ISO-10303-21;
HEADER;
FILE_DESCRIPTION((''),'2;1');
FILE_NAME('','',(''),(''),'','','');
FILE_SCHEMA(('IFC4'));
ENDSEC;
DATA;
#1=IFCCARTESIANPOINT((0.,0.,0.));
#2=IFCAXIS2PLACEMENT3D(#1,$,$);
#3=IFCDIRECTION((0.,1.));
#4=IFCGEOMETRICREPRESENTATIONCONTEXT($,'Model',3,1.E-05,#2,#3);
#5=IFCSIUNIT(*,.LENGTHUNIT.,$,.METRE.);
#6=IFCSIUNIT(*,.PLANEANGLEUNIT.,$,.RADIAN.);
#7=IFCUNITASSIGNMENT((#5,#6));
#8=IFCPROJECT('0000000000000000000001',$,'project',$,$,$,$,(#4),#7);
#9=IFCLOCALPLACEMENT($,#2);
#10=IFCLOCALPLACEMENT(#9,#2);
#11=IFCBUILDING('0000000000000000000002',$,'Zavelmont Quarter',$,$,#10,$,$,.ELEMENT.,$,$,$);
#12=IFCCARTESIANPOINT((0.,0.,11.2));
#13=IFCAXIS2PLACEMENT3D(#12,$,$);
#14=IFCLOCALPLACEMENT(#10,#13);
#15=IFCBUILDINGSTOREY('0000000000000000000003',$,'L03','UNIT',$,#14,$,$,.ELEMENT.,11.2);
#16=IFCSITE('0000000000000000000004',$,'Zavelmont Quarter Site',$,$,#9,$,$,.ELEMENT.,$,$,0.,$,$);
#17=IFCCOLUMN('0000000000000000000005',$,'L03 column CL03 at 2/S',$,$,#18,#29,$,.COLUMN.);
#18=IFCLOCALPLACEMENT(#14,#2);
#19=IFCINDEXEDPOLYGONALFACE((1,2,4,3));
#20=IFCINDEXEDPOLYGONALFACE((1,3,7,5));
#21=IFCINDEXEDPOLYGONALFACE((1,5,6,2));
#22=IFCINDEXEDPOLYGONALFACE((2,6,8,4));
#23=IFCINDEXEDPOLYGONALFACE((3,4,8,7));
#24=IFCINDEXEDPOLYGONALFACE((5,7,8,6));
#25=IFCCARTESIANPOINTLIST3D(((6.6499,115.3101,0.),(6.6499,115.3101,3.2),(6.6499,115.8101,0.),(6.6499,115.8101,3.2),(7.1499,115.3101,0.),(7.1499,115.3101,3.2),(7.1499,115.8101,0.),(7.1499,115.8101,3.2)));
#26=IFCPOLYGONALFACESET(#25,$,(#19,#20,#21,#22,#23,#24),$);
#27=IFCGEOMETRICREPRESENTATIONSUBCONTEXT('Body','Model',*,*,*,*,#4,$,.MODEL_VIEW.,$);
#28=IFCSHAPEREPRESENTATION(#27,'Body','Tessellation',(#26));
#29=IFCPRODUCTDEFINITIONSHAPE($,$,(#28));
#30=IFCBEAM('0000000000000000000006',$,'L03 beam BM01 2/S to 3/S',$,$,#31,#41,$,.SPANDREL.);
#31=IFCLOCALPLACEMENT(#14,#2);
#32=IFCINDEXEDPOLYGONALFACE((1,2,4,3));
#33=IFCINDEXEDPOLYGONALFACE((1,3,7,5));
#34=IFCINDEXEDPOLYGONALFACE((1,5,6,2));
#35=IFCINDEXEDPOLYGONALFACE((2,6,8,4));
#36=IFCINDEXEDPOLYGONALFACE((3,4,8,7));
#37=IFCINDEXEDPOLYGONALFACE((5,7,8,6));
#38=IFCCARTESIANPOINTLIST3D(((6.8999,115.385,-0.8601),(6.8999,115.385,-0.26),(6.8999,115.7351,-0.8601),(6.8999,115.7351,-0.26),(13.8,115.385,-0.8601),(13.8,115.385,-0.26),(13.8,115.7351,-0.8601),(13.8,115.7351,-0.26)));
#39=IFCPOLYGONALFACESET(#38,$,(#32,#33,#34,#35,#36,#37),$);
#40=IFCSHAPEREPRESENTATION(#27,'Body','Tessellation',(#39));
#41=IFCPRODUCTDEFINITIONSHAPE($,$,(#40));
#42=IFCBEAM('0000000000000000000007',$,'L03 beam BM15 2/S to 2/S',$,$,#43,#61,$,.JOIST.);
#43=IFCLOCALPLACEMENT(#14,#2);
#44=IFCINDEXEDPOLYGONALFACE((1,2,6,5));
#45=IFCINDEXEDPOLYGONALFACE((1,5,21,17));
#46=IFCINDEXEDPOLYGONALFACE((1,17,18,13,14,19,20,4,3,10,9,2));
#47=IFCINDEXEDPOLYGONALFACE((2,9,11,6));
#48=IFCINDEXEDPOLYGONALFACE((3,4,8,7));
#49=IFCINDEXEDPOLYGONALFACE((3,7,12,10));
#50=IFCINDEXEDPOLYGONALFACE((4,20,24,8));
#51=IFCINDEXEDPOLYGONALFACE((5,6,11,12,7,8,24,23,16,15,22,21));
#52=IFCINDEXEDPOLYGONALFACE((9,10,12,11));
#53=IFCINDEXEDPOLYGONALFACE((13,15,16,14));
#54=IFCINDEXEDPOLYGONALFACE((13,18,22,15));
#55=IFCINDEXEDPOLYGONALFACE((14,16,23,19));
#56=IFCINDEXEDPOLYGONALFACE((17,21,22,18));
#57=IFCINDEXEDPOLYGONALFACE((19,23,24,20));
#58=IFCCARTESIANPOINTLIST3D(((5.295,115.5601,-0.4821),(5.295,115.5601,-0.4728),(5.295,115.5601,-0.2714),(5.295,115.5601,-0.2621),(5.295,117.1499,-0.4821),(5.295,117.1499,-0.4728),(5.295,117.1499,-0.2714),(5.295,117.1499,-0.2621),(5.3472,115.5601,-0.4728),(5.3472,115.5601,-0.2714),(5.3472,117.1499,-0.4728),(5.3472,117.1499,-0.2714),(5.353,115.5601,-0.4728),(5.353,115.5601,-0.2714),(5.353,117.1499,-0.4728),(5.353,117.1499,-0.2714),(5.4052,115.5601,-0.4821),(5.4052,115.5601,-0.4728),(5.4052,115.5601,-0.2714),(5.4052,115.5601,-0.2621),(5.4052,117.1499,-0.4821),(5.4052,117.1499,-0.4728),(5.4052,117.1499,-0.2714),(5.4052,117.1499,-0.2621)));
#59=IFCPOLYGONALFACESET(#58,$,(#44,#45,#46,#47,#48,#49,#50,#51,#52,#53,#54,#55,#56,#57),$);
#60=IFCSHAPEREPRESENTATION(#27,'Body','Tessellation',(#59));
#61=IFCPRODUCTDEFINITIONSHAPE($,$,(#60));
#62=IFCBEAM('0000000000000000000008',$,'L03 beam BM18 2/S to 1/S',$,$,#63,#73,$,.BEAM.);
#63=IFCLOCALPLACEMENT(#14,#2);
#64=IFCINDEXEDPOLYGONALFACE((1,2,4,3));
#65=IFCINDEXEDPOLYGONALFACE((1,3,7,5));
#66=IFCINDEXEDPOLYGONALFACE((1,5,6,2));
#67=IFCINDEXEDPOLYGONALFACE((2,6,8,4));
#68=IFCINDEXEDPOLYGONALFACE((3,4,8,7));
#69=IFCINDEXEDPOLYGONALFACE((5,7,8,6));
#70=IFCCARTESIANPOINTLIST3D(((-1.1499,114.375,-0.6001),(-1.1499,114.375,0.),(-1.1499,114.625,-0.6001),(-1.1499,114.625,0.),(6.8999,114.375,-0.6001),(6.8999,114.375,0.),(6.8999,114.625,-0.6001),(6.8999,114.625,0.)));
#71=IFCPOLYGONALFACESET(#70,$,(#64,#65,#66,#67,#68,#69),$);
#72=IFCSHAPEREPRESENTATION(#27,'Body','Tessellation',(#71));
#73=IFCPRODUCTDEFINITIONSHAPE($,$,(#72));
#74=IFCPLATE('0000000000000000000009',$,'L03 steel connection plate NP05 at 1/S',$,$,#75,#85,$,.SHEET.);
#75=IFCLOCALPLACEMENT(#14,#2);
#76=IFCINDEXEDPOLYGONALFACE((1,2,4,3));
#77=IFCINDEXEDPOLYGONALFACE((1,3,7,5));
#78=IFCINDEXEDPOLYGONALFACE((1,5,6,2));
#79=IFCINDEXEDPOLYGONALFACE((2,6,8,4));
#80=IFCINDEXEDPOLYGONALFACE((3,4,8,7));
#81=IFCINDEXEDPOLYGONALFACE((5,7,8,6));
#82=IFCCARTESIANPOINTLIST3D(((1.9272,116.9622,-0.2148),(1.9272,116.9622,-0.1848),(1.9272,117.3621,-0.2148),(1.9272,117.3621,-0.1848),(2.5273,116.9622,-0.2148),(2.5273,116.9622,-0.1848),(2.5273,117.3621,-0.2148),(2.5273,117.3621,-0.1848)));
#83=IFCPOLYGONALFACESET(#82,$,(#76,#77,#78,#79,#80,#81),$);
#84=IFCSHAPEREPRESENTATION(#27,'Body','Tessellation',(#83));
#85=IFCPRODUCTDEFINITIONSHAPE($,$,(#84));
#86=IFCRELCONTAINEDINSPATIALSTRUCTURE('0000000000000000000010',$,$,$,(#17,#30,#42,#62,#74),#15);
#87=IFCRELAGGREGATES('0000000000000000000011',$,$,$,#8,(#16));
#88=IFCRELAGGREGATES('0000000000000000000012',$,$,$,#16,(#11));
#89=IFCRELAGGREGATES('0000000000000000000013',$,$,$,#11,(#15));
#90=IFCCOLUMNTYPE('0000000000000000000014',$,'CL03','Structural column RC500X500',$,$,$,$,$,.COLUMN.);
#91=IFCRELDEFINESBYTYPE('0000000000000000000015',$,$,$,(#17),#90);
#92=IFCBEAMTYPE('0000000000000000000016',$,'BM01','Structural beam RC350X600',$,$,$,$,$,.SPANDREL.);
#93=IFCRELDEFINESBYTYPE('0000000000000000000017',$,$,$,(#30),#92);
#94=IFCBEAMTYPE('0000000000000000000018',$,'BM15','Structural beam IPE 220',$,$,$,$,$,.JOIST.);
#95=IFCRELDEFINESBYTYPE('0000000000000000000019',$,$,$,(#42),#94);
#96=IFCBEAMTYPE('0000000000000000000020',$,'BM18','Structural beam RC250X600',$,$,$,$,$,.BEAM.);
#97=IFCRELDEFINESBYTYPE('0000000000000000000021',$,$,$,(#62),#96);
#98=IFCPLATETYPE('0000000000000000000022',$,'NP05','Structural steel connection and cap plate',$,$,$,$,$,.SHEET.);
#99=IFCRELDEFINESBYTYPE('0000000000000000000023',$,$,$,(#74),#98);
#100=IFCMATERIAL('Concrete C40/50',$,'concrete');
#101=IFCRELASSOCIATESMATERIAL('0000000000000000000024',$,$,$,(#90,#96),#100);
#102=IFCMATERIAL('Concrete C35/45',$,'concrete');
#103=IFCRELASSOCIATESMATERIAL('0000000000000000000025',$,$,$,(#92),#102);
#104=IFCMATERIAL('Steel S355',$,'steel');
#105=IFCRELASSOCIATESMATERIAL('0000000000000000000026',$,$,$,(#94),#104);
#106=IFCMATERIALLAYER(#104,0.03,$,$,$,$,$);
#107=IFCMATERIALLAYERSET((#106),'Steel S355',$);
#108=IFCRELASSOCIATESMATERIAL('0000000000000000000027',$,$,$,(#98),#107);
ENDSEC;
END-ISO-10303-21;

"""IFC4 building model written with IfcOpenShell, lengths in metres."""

from ifc_helpers import new_model, si_unit, direction, frame, origin, origin_2d, place, context, subcontext, project, spatial, rectangle, i_section, extrude, material, layer, layer_set, material_profile, profile_set, type_object, element, save


model = new_model("IFC4")

# Units and contexts
model_context = context("Model", 3, precision=1e-05, world=origin(), true_north=direction((0.0, 1.0)))
body_context = subcontext(model_context, "Body", "Model", "MODEL_VIEW")
ifc_project = project(units=[si_unit("LENGTHUNIT", "METRE"), si_unit("PLANEANGLEUNIT", "RADIAN")], contexts=[model_context])

# Site, building, storey
site_placement = place(None, origin())
site = spatial("IfcSite", under=ifc_project, at=site_placement, Name="Zavelmont Quarter Site", CompositionType="ELEMENT", RefElevation=0.0)
building_placement = place(site_placement, origin())
building = spatial("IfcBuilding", under=site, at=building_placement, Name="Zavelmont Quarter", CompositionType="ELEMENT")
storey_placement = place(building_placement, frame((0.0, 0.0, 11.2)))
storey = spatial("IfcBuildingStorey", under=building, at=storey_placement, Name="L03", Description="UNIT", CompositionType="ELEMENT", Elevation=11.2)

# Column
ifc_material_1 = material(Name="Concrete C40/50", Category="concrete")
ifc_material_profile_1 = material_profile(ifc_material_1, rectangle(XDim=0.5, YDim=0.5, at=origin_2d()), Name="RC500X500")
ifc_profile_set_1 = profile_set([ifc_material_profile_1], Name="Concrete C40/50")
column_type = type_object("IfcColumnType", Name="CL03", Description="Structural column RC500X500", PredefinedType="COLUMN", material=ifc_profile_set_1)
column_placement = place(storey_placement, frame((6.8999, 115.5601, 0.0), z_axis=(0.0, 0.0, 1.0), x_axis=(1.0, 0.0, 0.0)))
element("IfcColumn", 1, at=column_placement, inside=storey, type_object=column_type, Name="L03 column CL03 at 2/S", PredefinedType="COLUMN", context=body_context, shape_type="SweptSolid", body=[
    extrude(rectangle(XDim=0.5, YDim=0.5, at=origin_2d()), origin(), (0.0, 0.0, 1.0), 3.2),
])

# Beams
ifc_material_2 = material(Name="Concrete C35/45", Category="concrete")
ifc_material_profile_2 = material_profile(ifc_material_2, rectangle(XDim=0.3501, YDim=0.6001, at=origin_2d()), Name="RC350X600")
ifc_profile_set_2 = profile_set([ifc_material_profile_2], Name="Concrete C35/45")
beam_type_1 = type_object("IfcBeamType", Name="BM01", Description="Structural beam RC350X600", PredefinedType="SPANDREL", material=ifc_profile_set_2)
beam_1_placement = place(storey_placement, frame((6.8999, 115.5601, -0.5601), z_axis=(1.0, 0.0, 0.0), x_axis=(0.0, 1.0, 0.0)))
element("IfcBeam", 2, at=beam_1_placement, inside=storey, type_object=beam_type_1, Name="L03 beam BM01 2/S to 3/S", PredefinedType="SPANDREL", context=body_context, shape_type="SweptSolid", body=[
    extrude(rectangle(XDim=0.3501, YDim=0.6001, at=origin_2d()), origin(), (0.0, 0.0, 1.0), 6.9001),
])
ifc_material_3 = material(Name="Steel S355", Category="steel")
ifc_material_profile_3 = material_profile(ifc_material_3, i_section(OverallWidth=0.1101, OverallDepth=0.22, WebThickness=0.0059, FlangeThickness=0.0093, at=origin_2d()), Name="IPE 220")
ifc_profile_set_3 = profile_set([ifc_material_profile_3], Name="Steel S355")
beam_type_2 = type_object("IfcBeamType", Name="BM15", Description="Structural beam IPE 220", PredefinedType="JOIST", material=ifc_profile_set_3)
beam_2_placement = place(storey_placement, frame((5.3501, 115.5601, -0.3721), z_axis=(0.0, 1.0, 0.0), x_axis=(-1.0, 0.0, 0.0)))
element("IfcBeam", 3, at=beam_2_placement, inside=storey, type_object=beam_type_2, Name="L03 beam BM15 2/S to 2/S", PredefinedType="JOIST", context=body_context, shape_type="SweptSolid", body=[
    extrude(i_section(OverallWidth=0.1101, OverallDepth=0.22, WebThickness=0.0059, FlangeThickness=0.0093, at=origin_2d()), origin(), (0.0, 0.0, 1.0), 1.5898),
])
ifc_material_profile_4 = material_profile(ifc_material_1, rectangle(XDim=0.25, YDim=0.6001, at=origin_2d()), Name="RC250X600")
ifc_profile_set_4 = profile_set([ifc_material_profile_4], Name="Concrete C40/50")
beam_type_3 = type_object("IfcBeamType", Name="BM18", Description="Structural beam RC250X600", PredefinedType="BEAM", material=ifc_profile_set_4)
beam_3_placement = place(storey_placement, frame((6.8999, 114.5, -0.3), z_axis=(-1.0, 0.0, 0.0), x_axis=(0.0, -1.0, 0.0)))
element("IfcBeam", 4, at=beam_3_placement, inside=storey, type_object=beam_type_3, Name="L03 beam BM18 2/S to 1/S", PredefinedType="BEAM", context=body_context, shape_type="SweptSolid", body=[
    extrude(rectangle(XDim=0.25, YDim=0.6001, at=origin_2d()), origin(), (0.0, 0.0, 1.0), 8.0498),
])

# Plate
ifc_layer = layer(ifc_material_3, 0.03)
ifc_layer_set = layer_set([ifc_layer], Name="Steel S355")
plate_type = type_object("IfcPlateType", Name="NP05", Description="Structural steel connection and cap plate", PredefinedType="SHEET", material=ifc_layer_set)
plate_placement = place(storey_placement, frame((2.2273, 117.1621, -0.2148), z_axis=(0.0, 0.0, 1.0), x_axis=(1.0, 0.0, 0.0)))
element("IfcPlate", 5, at=plate_placement, inside=storey, type_object=plate_type, Name="L03 steel connection plate NP05 at 1/S", PredefinedType="SHEET", context=body_context, shape_type="SweptSolid", body=[
    extrude(rectangle(XDim=0.6001, YDim=0.3999, at=origin_2d()), origin(), (0.0, 0.0, 1.0), 0.03),
])

save(model, "model.ifc")
